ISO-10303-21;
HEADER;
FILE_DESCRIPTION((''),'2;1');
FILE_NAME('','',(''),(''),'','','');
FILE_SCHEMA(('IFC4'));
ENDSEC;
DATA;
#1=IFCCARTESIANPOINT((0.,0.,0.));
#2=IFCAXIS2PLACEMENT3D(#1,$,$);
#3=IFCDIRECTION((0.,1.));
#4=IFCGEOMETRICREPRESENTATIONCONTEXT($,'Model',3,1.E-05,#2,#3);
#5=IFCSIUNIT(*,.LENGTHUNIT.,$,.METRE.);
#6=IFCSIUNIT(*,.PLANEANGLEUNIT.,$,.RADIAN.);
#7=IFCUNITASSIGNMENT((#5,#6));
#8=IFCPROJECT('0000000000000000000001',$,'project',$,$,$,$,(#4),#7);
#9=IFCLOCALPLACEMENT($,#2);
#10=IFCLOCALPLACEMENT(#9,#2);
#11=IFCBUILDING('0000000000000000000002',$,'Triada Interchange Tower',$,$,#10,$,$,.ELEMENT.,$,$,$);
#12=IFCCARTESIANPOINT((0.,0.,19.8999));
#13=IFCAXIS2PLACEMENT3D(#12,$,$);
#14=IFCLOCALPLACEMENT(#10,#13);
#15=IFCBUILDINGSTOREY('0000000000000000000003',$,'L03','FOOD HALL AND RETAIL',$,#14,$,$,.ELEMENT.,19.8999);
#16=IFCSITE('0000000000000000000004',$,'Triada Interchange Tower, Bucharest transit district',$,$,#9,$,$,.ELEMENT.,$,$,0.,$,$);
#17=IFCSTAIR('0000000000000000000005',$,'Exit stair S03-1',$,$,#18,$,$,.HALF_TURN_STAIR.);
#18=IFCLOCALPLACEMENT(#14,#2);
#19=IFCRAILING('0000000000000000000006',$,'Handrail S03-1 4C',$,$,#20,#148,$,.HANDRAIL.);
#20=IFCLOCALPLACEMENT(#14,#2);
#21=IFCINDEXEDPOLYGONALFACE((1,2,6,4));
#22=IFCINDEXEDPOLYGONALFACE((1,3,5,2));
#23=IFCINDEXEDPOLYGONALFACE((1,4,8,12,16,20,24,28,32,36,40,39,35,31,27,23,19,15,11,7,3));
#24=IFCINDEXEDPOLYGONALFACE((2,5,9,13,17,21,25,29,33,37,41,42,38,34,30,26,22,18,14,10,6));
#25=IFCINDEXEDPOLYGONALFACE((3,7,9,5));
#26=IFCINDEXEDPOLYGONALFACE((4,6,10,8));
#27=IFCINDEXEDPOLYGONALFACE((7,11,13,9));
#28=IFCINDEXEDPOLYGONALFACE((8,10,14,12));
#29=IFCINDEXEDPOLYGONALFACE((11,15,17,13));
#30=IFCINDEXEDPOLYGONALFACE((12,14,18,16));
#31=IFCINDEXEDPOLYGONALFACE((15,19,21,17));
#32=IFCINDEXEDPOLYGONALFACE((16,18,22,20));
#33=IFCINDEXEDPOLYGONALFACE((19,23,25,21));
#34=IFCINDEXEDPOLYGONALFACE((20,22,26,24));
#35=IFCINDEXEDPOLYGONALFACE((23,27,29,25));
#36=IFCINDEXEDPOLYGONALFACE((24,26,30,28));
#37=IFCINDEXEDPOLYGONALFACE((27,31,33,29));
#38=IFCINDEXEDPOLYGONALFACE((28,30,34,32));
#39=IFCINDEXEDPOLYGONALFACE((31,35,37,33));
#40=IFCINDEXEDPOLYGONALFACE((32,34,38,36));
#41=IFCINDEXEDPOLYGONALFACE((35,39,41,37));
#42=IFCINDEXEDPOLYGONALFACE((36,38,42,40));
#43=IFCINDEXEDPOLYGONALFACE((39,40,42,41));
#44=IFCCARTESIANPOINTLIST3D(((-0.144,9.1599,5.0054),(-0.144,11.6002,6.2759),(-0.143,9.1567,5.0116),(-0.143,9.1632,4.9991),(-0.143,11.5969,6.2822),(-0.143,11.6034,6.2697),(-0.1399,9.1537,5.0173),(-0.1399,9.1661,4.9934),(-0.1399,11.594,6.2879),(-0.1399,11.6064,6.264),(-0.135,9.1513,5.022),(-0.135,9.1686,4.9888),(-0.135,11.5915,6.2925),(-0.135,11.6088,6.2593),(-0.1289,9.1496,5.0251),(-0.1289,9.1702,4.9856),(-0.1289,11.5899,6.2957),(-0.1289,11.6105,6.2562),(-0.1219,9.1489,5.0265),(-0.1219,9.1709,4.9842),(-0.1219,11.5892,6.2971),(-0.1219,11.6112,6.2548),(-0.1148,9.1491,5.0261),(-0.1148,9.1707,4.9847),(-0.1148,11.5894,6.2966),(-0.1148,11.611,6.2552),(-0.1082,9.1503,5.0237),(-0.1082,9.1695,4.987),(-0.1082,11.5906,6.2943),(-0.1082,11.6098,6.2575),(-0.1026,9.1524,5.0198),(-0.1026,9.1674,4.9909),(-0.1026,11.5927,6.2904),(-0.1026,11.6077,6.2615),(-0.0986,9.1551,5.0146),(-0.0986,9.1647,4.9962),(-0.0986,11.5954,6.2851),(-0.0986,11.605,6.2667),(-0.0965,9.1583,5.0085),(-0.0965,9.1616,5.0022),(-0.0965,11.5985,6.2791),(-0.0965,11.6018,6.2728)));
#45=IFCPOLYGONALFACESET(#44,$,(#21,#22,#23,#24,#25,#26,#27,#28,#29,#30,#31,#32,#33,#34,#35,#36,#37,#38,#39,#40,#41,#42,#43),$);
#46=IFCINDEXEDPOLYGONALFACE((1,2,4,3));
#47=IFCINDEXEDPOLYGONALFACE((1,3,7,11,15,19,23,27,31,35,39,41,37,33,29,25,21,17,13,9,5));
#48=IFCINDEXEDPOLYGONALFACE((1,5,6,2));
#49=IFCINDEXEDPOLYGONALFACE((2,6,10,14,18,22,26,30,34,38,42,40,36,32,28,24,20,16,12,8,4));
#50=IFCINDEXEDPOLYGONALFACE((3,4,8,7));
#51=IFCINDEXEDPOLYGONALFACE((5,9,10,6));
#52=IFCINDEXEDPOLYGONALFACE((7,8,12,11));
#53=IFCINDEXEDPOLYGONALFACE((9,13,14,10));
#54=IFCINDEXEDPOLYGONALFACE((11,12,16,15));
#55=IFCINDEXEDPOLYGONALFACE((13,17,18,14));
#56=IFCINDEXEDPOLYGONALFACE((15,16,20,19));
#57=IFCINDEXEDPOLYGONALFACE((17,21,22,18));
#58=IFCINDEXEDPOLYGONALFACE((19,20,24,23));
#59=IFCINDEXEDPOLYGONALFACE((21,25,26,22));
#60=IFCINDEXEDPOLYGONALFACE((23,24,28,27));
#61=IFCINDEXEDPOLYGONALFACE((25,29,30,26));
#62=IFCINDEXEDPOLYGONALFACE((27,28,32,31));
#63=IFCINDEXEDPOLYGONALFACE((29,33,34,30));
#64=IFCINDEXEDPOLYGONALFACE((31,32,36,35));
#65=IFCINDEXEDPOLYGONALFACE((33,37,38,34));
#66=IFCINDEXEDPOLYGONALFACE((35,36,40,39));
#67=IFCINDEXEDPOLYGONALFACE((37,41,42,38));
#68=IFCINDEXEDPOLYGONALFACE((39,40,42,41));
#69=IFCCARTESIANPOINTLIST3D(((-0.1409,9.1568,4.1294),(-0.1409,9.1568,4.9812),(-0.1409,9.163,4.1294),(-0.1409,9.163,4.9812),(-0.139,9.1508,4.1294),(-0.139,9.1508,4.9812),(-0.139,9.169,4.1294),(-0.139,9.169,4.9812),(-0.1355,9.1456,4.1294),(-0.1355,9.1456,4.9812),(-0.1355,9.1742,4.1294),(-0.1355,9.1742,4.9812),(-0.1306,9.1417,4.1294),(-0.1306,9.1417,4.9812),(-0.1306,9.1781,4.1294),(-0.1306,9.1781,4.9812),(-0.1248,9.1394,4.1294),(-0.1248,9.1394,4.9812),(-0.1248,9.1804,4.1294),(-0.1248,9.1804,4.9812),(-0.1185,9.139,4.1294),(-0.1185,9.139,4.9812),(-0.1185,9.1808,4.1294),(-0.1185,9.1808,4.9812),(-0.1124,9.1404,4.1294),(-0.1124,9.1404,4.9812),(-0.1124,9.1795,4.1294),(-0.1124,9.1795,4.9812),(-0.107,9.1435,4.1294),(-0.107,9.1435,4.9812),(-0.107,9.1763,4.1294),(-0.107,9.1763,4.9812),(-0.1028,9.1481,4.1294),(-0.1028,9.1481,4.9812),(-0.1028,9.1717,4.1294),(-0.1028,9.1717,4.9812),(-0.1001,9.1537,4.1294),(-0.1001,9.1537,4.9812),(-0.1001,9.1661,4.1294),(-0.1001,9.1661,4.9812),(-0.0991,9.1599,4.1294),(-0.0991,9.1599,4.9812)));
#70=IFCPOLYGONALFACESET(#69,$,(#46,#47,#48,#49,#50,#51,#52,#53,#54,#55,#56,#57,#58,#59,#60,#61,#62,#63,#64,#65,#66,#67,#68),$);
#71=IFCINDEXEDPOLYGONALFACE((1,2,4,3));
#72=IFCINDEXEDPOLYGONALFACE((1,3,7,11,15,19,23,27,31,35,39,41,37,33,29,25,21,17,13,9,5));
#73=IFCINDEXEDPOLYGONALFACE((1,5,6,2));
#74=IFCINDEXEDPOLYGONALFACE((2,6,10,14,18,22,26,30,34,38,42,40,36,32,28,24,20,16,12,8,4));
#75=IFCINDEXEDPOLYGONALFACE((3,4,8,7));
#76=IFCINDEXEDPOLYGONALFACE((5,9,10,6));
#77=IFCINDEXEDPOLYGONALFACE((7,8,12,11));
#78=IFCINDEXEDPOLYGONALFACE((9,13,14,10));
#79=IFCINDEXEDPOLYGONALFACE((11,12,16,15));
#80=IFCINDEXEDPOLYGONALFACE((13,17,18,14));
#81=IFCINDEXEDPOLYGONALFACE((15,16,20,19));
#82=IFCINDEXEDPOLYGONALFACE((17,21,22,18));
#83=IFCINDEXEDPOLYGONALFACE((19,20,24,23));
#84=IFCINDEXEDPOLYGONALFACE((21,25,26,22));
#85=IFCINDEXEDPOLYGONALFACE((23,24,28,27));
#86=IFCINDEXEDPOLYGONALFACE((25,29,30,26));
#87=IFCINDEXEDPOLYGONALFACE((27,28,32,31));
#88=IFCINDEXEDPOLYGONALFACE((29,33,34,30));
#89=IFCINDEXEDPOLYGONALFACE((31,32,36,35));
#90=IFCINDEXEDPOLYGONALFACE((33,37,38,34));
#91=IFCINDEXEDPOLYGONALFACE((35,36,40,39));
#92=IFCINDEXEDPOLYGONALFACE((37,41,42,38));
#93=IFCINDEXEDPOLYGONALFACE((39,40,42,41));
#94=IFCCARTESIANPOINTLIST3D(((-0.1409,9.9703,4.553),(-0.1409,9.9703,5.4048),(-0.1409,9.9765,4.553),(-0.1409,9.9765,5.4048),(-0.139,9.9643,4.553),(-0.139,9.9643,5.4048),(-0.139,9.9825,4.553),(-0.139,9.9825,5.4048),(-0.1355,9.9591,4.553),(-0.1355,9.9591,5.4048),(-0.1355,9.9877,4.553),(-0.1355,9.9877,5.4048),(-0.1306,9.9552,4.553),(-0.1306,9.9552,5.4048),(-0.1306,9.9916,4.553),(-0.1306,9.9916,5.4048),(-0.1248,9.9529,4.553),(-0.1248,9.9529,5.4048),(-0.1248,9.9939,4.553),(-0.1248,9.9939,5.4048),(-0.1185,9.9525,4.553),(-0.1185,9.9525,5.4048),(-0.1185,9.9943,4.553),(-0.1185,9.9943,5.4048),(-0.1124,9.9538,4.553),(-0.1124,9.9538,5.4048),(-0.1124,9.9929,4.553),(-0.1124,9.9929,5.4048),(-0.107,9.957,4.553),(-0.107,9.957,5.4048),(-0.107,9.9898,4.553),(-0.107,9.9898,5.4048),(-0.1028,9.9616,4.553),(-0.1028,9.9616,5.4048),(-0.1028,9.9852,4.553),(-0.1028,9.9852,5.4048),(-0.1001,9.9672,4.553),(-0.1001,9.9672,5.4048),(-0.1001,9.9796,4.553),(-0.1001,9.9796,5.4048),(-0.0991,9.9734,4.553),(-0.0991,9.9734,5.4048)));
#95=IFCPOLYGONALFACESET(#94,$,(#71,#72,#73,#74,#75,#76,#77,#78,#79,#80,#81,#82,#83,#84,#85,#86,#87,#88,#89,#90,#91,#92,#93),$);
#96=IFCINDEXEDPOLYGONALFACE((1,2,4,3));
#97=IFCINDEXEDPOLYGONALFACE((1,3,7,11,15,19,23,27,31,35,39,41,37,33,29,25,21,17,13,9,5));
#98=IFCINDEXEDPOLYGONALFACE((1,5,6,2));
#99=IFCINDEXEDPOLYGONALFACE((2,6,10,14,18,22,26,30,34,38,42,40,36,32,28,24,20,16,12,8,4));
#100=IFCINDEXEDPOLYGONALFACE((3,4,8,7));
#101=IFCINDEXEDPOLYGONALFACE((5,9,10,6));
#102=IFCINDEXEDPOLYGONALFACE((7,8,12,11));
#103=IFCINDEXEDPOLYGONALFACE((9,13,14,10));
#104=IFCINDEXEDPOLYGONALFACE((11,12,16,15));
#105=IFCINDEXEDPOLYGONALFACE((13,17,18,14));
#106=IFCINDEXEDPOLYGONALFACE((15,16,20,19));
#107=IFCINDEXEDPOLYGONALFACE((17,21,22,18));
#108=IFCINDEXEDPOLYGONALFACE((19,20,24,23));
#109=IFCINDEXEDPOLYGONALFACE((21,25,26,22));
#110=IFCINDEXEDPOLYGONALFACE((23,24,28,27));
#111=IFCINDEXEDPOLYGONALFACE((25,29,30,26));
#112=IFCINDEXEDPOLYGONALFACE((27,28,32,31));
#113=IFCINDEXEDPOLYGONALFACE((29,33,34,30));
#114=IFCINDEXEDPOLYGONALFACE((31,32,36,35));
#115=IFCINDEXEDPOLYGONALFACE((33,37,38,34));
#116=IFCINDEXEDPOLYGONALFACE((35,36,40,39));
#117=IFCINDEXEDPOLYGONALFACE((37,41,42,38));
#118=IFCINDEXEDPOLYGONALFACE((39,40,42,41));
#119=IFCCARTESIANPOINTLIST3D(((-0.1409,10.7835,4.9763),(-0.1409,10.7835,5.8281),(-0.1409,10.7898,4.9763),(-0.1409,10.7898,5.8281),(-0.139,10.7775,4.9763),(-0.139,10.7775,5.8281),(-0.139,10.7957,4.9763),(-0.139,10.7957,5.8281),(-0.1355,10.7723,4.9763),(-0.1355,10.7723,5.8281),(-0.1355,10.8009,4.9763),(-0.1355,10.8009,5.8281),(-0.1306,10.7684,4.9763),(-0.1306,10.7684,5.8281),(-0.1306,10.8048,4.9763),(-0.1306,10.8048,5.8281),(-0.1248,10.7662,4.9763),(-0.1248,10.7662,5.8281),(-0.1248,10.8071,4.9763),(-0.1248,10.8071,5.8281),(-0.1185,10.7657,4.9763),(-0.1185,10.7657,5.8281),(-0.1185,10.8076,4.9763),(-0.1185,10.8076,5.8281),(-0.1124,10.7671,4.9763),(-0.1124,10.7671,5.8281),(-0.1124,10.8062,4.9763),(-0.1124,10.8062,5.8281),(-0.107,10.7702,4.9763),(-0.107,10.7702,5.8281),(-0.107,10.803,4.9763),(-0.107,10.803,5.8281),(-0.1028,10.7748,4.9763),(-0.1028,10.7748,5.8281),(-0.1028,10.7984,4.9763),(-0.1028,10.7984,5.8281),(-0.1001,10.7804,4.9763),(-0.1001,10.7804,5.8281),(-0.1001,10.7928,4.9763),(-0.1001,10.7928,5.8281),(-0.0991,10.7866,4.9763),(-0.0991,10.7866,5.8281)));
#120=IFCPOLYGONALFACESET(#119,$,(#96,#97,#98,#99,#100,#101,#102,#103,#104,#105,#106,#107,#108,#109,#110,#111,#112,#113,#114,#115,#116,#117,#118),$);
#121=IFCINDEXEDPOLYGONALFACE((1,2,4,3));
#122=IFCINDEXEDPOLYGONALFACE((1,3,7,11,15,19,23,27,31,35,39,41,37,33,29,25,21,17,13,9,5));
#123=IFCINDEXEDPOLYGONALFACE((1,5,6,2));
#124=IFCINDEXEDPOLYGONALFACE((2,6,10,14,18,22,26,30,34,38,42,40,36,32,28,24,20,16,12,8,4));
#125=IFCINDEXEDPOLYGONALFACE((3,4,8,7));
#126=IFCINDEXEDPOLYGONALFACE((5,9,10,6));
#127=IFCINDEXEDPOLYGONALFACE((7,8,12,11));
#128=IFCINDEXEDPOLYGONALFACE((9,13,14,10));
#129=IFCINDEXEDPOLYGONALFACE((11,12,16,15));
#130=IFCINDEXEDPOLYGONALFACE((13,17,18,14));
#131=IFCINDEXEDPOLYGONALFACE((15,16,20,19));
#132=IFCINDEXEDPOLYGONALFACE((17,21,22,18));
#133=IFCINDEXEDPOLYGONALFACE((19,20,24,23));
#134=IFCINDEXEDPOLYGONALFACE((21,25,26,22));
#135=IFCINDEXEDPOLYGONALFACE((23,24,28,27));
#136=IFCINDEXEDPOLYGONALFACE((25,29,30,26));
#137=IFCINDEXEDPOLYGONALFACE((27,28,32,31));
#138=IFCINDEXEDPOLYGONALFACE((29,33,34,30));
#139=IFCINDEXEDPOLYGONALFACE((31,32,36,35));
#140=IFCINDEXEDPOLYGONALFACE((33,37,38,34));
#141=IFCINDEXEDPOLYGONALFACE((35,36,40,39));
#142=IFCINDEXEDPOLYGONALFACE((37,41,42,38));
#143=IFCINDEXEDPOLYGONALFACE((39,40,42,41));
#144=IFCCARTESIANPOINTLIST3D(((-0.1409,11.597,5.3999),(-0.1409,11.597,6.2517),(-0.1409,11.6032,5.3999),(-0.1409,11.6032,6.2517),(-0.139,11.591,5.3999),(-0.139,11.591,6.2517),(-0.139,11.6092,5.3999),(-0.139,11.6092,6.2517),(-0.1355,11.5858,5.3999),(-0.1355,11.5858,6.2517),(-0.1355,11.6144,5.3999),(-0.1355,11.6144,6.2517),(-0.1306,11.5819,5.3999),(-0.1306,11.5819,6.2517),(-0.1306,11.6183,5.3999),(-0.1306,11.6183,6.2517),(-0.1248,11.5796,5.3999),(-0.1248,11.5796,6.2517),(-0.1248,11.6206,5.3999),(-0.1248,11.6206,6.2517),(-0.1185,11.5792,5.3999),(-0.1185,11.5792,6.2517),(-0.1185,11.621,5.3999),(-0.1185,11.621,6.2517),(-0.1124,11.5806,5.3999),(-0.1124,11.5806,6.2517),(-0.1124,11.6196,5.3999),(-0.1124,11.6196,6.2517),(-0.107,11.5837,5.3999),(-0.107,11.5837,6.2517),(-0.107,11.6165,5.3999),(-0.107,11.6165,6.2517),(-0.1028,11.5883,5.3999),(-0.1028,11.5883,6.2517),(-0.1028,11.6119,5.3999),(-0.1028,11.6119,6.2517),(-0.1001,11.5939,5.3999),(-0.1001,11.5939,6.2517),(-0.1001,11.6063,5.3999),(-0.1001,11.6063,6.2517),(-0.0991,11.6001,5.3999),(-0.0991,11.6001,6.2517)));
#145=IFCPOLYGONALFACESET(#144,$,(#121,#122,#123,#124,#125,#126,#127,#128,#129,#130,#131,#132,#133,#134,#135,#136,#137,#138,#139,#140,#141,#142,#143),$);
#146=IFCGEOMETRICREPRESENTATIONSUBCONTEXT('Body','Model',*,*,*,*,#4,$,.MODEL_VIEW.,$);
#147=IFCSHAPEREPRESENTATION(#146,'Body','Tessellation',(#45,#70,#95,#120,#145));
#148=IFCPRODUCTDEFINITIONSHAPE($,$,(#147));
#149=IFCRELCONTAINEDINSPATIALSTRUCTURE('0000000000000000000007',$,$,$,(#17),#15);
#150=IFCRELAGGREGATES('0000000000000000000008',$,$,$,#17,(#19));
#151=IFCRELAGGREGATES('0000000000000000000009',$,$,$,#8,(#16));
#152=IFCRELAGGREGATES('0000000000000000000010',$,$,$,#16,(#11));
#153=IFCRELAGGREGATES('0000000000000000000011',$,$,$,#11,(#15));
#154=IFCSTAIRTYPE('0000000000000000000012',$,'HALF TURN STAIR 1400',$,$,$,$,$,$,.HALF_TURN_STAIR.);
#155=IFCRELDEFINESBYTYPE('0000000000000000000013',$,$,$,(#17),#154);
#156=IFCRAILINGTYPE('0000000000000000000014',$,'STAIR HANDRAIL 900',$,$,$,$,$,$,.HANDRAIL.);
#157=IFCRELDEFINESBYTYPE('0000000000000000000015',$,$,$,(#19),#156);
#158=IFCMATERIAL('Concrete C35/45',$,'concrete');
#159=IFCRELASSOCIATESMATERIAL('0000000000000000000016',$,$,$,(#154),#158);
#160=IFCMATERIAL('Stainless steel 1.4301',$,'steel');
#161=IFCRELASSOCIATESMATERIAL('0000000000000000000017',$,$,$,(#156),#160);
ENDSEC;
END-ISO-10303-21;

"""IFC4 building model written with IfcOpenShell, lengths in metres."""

from ifc_helpers import new_model, si_unit, direction, frame, origin, origin_2d, place, context, subcontext, project, spatial, circle, extrude, material, type_object, element, aggregate, save


model = new_model("IFC4")

# Units and contexts
model_context = context("Model", 3, precision=1e-05, world=origin(), true_north=direction((0.0, 1.0)))
body_context = subcontext(model_context, "Body", "Model", "MODEL_VIEW")
ifc_project = project(units=[si_unit("LENGTHUNIT", "METRE"), si_unit("PLANEANGLEUNIT", "RADIAN")], contexts=[model_context])

# Site, building, storey
site_placement = place(None, origin())
site = spatial("IfcSite", under=ifc_project, at=site_placement, Name="Triada Interchange Tower, Bucharest transit district", CompositionType="ELEMENT", RefElevation=0.0)
building_placement = place(site_placement, origin())
building = spatial("IfcBuilding", under=site, at=building_placement, Name="Triada Interchange Tower", CompositionType="ELEMENT")
storey_placement = place(building_placement, frame((0.0, 0.0, 19.8999)))
storey = spatial("IfcBuildingStorey", under=building, at=storey_placement, Name="L03", Description="FOOD HALL AND RETAIL", CompositionType="ELEMENT", Elevation=19.8999)

# Stair, railing
ifc_material_1 = material(Name="Concrete C35/45", Category="concrete")
stair_type = type_object("IfcStairType", Name="HALF TURN STAIR 1400", PredefinedType="HALF_TURN_STAIR", material=ifc_material_1)
stair_placement = place(storey_placement, origin())
stair = element("IfcStair", 1, at=stair_placement, inside=storey, type_object=stair_type, Name="Exit stair S03-1", PredefinedType="HALF_TURN_STAIR")
ifc_material_2 = material(Name="Stainless steel 1.4301", Category="steel")
railing_type = type_object("IfcRailingType", Name="STAIR HANDRAIL 900", PredefinedType="HANDRAIL", material=ifc_material_2)
railing_1_placement = place(storey_placement, frame((-0.1201, 9.1599, 4.1294)))
railing_1 = element("IfcRailing", 2, at=railing_1_placement, type_object=railing_type, Name="Handrail S03-1 4C", PredefinedType="HANDRAIL", context=body_context, shape_type="SweptSolid", body=[
    extrude(circle(Radius=0.0239, at=origin_2d()), frame((0.0, 0.0, 0.876), z_axis=(0.0, 0.886977, 0.461814), x_axis=(-1.0, 0.0, 0.0)), (0.0, 0.0, 1.0), 2.7512),
    extrude(circle(Radius=0.021, at=origin_2d()), origin(), (0.0, 0.0, 1.0), 0.8518),
    extrude(circle(Radius=0.021, at=origin_2d()), frame((0.0, 0.8135, 0.4236)), (0.0, 0.0, 1.0), 0.8518),
    extrude(circle(Radius=0.021, at=origin_2d()), frame((0.0, 1.6267, 0.8469)), (0.0, 0.0, 1.0), 0.8518),
    extrude(circle(Radius=0.021, at=origin_2d()), frame((0.0, 2.4402, 1.2705)), (0.0, 0.0, 1.0), 0.8518),
])
aggregate(stair, [railing_1])

save(model, "model.ifc")
